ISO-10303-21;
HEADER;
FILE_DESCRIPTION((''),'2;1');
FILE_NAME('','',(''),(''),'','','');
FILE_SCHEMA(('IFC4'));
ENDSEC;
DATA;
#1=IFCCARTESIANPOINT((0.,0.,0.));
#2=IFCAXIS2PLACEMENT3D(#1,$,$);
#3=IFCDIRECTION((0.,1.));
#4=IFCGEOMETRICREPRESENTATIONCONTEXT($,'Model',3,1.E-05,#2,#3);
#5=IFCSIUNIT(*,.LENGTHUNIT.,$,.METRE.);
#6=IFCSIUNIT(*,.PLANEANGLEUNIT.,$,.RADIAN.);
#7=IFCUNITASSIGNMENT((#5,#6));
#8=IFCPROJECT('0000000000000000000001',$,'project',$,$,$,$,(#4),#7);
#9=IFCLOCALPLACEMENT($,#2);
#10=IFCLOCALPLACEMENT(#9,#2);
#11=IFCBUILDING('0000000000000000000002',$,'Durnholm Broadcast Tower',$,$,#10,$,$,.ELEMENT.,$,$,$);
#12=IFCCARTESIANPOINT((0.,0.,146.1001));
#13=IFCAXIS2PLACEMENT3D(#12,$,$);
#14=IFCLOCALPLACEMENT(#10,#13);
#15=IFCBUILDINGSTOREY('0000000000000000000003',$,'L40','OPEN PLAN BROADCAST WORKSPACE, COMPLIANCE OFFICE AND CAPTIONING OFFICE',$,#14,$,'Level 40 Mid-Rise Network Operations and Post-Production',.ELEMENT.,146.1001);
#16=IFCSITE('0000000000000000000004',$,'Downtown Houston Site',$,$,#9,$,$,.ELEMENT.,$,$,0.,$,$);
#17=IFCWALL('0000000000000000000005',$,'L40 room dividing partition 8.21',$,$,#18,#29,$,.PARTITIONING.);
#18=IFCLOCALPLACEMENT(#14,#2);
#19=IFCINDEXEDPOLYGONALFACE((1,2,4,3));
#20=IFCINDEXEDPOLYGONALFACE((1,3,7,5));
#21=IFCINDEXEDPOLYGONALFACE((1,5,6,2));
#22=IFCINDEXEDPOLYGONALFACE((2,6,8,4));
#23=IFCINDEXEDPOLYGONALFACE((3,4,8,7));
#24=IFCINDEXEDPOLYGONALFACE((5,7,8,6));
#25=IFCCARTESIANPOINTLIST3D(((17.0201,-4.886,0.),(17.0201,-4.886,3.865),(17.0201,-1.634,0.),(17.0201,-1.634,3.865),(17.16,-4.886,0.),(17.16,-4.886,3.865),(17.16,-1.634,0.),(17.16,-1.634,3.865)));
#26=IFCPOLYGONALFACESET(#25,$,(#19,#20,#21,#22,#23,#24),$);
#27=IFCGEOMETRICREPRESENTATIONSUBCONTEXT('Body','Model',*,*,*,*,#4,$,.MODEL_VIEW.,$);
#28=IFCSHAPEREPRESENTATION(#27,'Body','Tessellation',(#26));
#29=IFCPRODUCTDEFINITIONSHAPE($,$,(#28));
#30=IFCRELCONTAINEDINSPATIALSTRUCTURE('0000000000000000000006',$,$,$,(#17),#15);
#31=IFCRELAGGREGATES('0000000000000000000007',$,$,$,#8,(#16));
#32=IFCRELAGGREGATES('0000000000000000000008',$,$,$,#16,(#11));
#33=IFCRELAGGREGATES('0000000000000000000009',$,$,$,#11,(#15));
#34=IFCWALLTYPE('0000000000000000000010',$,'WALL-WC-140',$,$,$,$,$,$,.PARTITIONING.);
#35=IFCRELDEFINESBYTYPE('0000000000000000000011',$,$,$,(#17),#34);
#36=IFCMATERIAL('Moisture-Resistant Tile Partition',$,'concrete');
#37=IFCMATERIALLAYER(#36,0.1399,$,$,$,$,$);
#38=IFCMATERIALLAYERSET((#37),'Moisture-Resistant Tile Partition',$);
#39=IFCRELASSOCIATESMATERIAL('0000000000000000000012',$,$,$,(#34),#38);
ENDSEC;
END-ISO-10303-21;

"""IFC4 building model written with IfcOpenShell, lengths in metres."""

from ifc_helpers import new_model, si_unit, direction, frame, frame_2d, origin, place, context, subcontext, project, spatial, rectangle, extrude, material, layer, layer_set, type_object, element, save


model = new_model("IFC4")

# Units and contexts
model_context = context("Model", 3, precision=1e-05, world=origin(), true_north=direction((0.0, 1.0)))
body_context = subcontext(model_context, "Body", "Model", "MODEL_VIEW")
ifc_project = project(units=[si_unit("LENGTHUNIT", "METRE"), si_unit("PLANEANGLEUNIT", "RADIAN")], contexts=[model_context])

# Site, building, storey
site_placement = place(None, origin())
site = spatial("IfcSite", under=ifc_project, at=site_placement, Name="Downtown Houston Site", CompositionType="ELEMENT", RefElevation=0.0)
building_placement = place(site_placement, origin())
building = spatial("IfcBuilding", under=site, at=building_placement, Name="Durnholm Broadcast Tower", CompositionType="ELEMENT")
storey_placement = place(building_placement, frame((0.0, 0.0, 146.1001)))
storey = spatial("IfcBuildingStorey", under=building, at=storey_placement, Name="L40", Description="OPEN PLAN BROADCAST WORKSPACE, COMPLIANCE OFFICE AND CAPTIONING OFFICE", LongName="Level 40 Mid-Rise Network Operations and Post-Production", CompositionType="ELEMENT", Elevation=146.1001)

# Shared definitions
ifc_material_1 = material(Name="Moisture-Resistant Tile Partition", Category="concrete")
ifc_layer_1 = layer(ifc_material_1, 0.1399)
ifc_layer_set_1 = layer_set([ifc_layer_1], Name="Moisture-Resistant Tile Partition")
wall_type = type_object("IfcWallType", Name="WALL-WC-140", PredefinedType="PARTITIONING", material=ifc_layer_set_1)

# Wall
wall_1_placement = place(storey_placement, frame((17.0901, -1.634, 0.0), z_axis=(0.0, 0.0, 1.0), x_axis=(0.0, -1.0, 0.0)))
element("IfcWall", 1, at=wall_1_placement, inside=storey, type_object=wall_type, Name="L40 room dividing partition 8.21", PredefinedType="PARTITIONING", context=body_context, shape_type="SweptSolid", body=[
    extrude(rectangle(XDim=3.252, YDim=0.1399, at=frame_2d((1.626, 0.0))), origin(), (0.0, 0.0, 1.0), 3.865),
])

save(model, "model.ifc")
